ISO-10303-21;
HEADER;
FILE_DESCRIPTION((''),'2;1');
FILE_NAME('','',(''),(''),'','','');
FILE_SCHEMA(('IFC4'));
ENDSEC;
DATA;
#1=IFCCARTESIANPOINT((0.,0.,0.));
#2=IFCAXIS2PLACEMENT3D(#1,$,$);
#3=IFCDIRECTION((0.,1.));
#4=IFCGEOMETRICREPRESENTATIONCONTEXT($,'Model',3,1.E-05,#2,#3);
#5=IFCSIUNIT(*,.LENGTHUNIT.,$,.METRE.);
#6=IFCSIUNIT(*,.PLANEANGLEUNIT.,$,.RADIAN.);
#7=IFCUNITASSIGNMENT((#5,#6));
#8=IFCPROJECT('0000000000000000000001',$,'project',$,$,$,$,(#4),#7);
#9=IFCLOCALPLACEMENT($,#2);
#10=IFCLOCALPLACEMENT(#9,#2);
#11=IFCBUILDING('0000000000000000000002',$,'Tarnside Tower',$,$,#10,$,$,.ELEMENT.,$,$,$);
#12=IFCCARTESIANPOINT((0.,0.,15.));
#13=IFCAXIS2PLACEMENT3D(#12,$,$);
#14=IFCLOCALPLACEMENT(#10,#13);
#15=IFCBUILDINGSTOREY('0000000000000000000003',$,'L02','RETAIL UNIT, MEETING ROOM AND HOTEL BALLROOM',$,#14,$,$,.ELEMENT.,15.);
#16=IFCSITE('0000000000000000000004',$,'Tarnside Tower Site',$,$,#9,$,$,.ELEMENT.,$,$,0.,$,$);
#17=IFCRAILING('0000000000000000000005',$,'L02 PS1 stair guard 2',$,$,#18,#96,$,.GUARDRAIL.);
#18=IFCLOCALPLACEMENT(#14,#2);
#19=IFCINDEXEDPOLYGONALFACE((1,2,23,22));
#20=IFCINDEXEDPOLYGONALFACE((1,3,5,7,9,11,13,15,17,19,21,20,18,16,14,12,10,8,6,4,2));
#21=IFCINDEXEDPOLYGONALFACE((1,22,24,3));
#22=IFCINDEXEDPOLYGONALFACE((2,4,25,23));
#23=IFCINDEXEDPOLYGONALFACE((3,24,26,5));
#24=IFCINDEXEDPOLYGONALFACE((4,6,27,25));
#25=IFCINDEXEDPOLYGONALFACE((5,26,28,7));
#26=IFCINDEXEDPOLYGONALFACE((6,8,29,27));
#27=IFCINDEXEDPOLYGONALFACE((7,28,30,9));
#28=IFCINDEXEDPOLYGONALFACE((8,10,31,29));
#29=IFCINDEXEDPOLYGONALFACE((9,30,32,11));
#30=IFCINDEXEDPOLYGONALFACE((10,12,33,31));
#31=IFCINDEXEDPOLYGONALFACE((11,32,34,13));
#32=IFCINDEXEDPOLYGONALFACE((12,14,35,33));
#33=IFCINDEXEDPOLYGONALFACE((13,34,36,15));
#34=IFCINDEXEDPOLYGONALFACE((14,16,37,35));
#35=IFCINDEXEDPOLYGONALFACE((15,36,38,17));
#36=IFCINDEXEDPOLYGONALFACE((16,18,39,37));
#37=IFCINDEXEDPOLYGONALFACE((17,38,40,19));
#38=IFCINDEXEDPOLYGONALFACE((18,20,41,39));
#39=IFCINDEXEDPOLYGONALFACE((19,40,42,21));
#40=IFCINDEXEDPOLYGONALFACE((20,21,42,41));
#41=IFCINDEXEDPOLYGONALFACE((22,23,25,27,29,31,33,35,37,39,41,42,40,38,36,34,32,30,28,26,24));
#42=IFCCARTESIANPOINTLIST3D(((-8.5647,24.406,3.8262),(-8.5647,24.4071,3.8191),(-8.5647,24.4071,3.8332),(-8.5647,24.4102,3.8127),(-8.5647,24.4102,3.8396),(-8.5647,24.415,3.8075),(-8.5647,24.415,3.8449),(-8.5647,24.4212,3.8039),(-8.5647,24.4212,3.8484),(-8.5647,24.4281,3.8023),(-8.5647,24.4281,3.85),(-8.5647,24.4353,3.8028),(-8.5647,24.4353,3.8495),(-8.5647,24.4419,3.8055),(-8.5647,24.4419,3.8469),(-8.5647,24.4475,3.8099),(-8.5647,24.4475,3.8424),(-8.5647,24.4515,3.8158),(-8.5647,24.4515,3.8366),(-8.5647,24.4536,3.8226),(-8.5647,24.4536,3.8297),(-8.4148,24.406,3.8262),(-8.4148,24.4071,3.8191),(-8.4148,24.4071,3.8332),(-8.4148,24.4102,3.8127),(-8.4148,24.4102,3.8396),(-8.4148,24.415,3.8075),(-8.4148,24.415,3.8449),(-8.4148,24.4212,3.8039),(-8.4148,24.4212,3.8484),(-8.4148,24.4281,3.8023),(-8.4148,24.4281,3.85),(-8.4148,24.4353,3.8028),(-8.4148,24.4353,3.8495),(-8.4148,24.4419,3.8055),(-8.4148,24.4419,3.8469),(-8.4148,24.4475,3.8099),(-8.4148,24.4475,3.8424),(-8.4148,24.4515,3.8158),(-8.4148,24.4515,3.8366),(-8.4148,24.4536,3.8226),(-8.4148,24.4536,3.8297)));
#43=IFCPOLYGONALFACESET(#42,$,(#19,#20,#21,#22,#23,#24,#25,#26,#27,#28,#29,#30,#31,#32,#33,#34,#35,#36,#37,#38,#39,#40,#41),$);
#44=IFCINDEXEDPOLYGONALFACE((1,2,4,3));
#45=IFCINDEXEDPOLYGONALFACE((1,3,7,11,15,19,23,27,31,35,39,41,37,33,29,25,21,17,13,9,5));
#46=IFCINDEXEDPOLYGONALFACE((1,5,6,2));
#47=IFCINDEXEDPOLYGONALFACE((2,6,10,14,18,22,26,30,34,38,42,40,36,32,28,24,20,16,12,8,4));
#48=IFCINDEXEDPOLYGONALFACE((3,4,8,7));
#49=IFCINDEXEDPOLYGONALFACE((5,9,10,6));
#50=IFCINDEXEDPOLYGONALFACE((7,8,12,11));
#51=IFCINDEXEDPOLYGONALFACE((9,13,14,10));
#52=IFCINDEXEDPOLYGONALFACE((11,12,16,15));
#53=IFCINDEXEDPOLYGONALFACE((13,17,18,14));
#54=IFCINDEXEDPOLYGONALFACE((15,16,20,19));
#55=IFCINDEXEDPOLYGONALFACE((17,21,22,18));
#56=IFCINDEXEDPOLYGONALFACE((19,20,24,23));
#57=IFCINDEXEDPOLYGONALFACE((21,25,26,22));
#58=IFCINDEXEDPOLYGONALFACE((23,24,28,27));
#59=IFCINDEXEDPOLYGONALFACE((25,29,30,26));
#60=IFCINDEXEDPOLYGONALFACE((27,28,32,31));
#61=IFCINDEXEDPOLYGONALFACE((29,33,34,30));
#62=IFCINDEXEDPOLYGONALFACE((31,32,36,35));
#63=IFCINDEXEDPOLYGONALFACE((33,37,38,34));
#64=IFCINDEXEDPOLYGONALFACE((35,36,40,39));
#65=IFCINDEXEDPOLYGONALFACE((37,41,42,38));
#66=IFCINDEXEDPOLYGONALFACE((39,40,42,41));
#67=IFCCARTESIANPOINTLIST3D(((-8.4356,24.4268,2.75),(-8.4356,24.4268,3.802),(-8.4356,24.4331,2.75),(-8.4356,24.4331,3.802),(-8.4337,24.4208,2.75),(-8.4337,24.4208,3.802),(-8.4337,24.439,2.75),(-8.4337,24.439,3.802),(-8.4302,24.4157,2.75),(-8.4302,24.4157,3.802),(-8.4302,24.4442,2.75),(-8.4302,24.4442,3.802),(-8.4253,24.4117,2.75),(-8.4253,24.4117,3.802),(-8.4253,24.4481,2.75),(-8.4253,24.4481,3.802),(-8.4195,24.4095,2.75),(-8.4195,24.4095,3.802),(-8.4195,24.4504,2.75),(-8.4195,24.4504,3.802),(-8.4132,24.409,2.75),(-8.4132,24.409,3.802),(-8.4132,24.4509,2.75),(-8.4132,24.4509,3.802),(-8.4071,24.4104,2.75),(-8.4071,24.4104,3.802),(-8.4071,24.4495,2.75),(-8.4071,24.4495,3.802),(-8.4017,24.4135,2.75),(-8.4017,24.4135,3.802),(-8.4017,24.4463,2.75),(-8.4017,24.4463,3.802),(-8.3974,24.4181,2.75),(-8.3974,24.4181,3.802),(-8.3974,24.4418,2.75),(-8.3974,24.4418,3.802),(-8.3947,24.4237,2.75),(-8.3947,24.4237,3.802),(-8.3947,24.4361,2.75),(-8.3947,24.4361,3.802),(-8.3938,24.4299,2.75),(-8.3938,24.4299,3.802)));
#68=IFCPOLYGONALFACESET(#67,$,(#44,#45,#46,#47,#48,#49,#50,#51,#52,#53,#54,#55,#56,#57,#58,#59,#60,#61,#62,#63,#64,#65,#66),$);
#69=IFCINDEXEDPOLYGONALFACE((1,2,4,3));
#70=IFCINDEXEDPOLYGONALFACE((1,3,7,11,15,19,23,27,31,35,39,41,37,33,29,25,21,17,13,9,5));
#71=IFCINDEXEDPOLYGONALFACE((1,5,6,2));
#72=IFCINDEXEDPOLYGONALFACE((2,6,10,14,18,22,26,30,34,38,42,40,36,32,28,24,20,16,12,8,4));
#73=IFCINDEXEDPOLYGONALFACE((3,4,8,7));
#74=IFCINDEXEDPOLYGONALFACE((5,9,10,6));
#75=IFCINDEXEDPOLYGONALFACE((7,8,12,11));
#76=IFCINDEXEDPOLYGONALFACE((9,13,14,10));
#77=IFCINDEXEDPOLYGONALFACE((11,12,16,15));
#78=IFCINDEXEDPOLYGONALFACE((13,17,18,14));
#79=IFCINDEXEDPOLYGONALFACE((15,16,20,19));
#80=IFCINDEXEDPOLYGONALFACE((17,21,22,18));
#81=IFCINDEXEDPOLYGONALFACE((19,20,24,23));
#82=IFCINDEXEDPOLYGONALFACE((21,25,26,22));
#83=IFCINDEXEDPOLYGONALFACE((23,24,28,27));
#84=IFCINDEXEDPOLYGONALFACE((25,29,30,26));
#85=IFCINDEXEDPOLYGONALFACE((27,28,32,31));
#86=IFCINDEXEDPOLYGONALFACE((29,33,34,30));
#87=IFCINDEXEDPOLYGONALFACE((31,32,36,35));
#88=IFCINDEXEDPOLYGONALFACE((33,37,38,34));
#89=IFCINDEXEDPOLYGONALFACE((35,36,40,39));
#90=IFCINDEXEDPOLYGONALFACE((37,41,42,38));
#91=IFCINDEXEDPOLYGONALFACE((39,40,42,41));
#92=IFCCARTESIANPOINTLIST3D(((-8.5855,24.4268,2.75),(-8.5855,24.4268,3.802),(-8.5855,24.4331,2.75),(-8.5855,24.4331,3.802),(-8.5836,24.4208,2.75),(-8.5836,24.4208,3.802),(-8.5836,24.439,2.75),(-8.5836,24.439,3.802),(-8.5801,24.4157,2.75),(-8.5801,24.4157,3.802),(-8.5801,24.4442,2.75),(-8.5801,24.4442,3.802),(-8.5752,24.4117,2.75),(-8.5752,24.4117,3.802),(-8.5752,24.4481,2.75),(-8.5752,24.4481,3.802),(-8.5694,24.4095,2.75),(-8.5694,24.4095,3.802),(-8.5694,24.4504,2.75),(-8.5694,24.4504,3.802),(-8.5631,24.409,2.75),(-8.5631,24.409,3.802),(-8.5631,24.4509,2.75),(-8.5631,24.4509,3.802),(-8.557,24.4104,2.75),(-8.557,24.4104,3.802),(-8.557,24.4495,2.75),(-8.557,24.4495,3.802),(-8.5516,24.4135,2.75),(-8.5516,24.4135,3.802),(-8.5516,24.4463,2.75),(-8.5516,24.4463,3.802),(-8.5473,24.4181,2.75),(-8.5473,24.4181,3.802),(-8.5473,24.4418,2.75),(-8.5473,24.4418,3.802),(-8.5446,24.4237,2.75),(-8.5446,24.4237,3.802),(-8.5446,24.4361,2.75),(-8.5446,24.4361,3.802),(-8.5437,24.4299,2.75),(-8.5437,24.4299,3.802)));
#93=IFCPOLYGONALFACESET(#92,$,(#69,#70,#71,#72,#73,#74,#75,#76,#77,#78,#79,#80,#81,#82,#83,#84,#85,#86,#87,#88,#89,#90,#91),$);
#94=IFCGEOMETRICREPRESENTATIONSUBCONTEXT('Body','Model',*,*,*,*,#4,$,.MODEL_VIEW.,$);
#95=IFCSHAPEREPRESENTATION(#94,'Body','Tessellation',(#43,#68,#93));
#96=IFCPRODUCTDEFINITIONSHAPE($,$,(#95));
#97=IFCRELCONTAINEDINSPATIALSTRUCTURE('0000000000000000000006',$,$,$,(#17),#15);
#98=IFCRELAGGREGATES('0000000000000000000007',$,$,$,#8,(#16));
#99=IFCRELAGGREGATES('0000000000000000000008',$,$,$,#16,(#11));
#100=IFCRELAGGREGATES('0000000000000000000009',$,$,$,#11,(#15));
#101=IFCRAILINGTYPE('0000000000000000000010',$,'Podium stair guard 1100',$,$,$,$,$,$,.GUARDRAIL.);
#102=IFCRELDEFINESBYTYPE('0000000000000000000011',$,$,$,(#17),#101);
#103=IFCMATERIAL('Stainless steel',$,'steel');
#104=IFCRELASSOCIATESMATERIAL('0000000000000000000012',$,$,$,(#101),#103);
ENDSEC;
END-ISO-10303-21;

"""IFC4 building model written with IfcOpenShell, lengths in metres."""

from ifc_helpers import new_model, si_unit, direction, frame, origin, origin_2d, place, context, subcontext, project, spatial, circle, extrude, material, type_object, element, save


model = new_model("IFC4")

# Units and contexts
model_context = context("Model", 3, precision=1e-05, world=origin(), true_north=direction((0.0, 1.0)))
body_context = subcontext(model_context, "Body", "Model", "MODEL_VIEW")
ifc_project = project(units=[si_unit("LENGTHUNIT", "METRE"), si_unit("PLANEANGLEUNIT", "RADIAN")], contexts=[model_context])

# Site, building, storey
site_placement = place(None, origin())
site = spatial("IfcSite", under=ifc_project, at=site_placement, Name="Tarnside Tower Site", CompositionType="ELEMENT", RefElevation=0.0)
building_placement = place(site_placement, origin())
building = spatial("IfcBuilding", under=site, at=building_placement, Name="Tarnside Tower", CompositionType="ELEMENT")
storey_placement = place(building_placement, frame((0.0, 0.0, 15.0)))
storey = spatial("IfcBuildingStorey", under=building, at=storey_placement, Name="L02", Description="RETAIL UNIT, MEETING ROOM AND HOTEL BALLROOM", CompositionType="ELEMENT", Elevation=15.0)

# Railing
ifc_material_1 = material(Name="Stainless steel", Category="steel")
railing_type_1 = type_object("IfcRailingType", Name="Podium stair guard 1100", PredefinedType="GUARDRAIL", material=ifc_material_1)
railing_1_placement = place(storey_placement, frame((-8.4148, 24.4299, 2.75)))
element("IfcRailing", 1, at=railing_1_placement, inside=storey, type_object=railing_type_1, Name="L02 PS1 stair guard 2", PredefinedType="GUARDRAIL", context=body_context, shape_type="SweptSolid", body=[
    extrude(circle(Radius=0.0239, at=origin_2d()), frame((0.0, 0.0, 1.0762), z_axis=(-1.0, 0.0, 0.0), x_axis=(0.0, -1.0, 0.0)), (0.0, 0.0, 1.0), 0.1499),
    extrude(circle(Radius=0.021, at=origin_2d()), origin(), (0.0, 0.0, 1.0), 1.052),
    extrude(circle(Radius=0.021, at=origin_2d()), frame((-0.1499, 0.0, 0.0)), (0.0, 0.0, 1.0), 1.052),
])

save(model, "model.ifc")
